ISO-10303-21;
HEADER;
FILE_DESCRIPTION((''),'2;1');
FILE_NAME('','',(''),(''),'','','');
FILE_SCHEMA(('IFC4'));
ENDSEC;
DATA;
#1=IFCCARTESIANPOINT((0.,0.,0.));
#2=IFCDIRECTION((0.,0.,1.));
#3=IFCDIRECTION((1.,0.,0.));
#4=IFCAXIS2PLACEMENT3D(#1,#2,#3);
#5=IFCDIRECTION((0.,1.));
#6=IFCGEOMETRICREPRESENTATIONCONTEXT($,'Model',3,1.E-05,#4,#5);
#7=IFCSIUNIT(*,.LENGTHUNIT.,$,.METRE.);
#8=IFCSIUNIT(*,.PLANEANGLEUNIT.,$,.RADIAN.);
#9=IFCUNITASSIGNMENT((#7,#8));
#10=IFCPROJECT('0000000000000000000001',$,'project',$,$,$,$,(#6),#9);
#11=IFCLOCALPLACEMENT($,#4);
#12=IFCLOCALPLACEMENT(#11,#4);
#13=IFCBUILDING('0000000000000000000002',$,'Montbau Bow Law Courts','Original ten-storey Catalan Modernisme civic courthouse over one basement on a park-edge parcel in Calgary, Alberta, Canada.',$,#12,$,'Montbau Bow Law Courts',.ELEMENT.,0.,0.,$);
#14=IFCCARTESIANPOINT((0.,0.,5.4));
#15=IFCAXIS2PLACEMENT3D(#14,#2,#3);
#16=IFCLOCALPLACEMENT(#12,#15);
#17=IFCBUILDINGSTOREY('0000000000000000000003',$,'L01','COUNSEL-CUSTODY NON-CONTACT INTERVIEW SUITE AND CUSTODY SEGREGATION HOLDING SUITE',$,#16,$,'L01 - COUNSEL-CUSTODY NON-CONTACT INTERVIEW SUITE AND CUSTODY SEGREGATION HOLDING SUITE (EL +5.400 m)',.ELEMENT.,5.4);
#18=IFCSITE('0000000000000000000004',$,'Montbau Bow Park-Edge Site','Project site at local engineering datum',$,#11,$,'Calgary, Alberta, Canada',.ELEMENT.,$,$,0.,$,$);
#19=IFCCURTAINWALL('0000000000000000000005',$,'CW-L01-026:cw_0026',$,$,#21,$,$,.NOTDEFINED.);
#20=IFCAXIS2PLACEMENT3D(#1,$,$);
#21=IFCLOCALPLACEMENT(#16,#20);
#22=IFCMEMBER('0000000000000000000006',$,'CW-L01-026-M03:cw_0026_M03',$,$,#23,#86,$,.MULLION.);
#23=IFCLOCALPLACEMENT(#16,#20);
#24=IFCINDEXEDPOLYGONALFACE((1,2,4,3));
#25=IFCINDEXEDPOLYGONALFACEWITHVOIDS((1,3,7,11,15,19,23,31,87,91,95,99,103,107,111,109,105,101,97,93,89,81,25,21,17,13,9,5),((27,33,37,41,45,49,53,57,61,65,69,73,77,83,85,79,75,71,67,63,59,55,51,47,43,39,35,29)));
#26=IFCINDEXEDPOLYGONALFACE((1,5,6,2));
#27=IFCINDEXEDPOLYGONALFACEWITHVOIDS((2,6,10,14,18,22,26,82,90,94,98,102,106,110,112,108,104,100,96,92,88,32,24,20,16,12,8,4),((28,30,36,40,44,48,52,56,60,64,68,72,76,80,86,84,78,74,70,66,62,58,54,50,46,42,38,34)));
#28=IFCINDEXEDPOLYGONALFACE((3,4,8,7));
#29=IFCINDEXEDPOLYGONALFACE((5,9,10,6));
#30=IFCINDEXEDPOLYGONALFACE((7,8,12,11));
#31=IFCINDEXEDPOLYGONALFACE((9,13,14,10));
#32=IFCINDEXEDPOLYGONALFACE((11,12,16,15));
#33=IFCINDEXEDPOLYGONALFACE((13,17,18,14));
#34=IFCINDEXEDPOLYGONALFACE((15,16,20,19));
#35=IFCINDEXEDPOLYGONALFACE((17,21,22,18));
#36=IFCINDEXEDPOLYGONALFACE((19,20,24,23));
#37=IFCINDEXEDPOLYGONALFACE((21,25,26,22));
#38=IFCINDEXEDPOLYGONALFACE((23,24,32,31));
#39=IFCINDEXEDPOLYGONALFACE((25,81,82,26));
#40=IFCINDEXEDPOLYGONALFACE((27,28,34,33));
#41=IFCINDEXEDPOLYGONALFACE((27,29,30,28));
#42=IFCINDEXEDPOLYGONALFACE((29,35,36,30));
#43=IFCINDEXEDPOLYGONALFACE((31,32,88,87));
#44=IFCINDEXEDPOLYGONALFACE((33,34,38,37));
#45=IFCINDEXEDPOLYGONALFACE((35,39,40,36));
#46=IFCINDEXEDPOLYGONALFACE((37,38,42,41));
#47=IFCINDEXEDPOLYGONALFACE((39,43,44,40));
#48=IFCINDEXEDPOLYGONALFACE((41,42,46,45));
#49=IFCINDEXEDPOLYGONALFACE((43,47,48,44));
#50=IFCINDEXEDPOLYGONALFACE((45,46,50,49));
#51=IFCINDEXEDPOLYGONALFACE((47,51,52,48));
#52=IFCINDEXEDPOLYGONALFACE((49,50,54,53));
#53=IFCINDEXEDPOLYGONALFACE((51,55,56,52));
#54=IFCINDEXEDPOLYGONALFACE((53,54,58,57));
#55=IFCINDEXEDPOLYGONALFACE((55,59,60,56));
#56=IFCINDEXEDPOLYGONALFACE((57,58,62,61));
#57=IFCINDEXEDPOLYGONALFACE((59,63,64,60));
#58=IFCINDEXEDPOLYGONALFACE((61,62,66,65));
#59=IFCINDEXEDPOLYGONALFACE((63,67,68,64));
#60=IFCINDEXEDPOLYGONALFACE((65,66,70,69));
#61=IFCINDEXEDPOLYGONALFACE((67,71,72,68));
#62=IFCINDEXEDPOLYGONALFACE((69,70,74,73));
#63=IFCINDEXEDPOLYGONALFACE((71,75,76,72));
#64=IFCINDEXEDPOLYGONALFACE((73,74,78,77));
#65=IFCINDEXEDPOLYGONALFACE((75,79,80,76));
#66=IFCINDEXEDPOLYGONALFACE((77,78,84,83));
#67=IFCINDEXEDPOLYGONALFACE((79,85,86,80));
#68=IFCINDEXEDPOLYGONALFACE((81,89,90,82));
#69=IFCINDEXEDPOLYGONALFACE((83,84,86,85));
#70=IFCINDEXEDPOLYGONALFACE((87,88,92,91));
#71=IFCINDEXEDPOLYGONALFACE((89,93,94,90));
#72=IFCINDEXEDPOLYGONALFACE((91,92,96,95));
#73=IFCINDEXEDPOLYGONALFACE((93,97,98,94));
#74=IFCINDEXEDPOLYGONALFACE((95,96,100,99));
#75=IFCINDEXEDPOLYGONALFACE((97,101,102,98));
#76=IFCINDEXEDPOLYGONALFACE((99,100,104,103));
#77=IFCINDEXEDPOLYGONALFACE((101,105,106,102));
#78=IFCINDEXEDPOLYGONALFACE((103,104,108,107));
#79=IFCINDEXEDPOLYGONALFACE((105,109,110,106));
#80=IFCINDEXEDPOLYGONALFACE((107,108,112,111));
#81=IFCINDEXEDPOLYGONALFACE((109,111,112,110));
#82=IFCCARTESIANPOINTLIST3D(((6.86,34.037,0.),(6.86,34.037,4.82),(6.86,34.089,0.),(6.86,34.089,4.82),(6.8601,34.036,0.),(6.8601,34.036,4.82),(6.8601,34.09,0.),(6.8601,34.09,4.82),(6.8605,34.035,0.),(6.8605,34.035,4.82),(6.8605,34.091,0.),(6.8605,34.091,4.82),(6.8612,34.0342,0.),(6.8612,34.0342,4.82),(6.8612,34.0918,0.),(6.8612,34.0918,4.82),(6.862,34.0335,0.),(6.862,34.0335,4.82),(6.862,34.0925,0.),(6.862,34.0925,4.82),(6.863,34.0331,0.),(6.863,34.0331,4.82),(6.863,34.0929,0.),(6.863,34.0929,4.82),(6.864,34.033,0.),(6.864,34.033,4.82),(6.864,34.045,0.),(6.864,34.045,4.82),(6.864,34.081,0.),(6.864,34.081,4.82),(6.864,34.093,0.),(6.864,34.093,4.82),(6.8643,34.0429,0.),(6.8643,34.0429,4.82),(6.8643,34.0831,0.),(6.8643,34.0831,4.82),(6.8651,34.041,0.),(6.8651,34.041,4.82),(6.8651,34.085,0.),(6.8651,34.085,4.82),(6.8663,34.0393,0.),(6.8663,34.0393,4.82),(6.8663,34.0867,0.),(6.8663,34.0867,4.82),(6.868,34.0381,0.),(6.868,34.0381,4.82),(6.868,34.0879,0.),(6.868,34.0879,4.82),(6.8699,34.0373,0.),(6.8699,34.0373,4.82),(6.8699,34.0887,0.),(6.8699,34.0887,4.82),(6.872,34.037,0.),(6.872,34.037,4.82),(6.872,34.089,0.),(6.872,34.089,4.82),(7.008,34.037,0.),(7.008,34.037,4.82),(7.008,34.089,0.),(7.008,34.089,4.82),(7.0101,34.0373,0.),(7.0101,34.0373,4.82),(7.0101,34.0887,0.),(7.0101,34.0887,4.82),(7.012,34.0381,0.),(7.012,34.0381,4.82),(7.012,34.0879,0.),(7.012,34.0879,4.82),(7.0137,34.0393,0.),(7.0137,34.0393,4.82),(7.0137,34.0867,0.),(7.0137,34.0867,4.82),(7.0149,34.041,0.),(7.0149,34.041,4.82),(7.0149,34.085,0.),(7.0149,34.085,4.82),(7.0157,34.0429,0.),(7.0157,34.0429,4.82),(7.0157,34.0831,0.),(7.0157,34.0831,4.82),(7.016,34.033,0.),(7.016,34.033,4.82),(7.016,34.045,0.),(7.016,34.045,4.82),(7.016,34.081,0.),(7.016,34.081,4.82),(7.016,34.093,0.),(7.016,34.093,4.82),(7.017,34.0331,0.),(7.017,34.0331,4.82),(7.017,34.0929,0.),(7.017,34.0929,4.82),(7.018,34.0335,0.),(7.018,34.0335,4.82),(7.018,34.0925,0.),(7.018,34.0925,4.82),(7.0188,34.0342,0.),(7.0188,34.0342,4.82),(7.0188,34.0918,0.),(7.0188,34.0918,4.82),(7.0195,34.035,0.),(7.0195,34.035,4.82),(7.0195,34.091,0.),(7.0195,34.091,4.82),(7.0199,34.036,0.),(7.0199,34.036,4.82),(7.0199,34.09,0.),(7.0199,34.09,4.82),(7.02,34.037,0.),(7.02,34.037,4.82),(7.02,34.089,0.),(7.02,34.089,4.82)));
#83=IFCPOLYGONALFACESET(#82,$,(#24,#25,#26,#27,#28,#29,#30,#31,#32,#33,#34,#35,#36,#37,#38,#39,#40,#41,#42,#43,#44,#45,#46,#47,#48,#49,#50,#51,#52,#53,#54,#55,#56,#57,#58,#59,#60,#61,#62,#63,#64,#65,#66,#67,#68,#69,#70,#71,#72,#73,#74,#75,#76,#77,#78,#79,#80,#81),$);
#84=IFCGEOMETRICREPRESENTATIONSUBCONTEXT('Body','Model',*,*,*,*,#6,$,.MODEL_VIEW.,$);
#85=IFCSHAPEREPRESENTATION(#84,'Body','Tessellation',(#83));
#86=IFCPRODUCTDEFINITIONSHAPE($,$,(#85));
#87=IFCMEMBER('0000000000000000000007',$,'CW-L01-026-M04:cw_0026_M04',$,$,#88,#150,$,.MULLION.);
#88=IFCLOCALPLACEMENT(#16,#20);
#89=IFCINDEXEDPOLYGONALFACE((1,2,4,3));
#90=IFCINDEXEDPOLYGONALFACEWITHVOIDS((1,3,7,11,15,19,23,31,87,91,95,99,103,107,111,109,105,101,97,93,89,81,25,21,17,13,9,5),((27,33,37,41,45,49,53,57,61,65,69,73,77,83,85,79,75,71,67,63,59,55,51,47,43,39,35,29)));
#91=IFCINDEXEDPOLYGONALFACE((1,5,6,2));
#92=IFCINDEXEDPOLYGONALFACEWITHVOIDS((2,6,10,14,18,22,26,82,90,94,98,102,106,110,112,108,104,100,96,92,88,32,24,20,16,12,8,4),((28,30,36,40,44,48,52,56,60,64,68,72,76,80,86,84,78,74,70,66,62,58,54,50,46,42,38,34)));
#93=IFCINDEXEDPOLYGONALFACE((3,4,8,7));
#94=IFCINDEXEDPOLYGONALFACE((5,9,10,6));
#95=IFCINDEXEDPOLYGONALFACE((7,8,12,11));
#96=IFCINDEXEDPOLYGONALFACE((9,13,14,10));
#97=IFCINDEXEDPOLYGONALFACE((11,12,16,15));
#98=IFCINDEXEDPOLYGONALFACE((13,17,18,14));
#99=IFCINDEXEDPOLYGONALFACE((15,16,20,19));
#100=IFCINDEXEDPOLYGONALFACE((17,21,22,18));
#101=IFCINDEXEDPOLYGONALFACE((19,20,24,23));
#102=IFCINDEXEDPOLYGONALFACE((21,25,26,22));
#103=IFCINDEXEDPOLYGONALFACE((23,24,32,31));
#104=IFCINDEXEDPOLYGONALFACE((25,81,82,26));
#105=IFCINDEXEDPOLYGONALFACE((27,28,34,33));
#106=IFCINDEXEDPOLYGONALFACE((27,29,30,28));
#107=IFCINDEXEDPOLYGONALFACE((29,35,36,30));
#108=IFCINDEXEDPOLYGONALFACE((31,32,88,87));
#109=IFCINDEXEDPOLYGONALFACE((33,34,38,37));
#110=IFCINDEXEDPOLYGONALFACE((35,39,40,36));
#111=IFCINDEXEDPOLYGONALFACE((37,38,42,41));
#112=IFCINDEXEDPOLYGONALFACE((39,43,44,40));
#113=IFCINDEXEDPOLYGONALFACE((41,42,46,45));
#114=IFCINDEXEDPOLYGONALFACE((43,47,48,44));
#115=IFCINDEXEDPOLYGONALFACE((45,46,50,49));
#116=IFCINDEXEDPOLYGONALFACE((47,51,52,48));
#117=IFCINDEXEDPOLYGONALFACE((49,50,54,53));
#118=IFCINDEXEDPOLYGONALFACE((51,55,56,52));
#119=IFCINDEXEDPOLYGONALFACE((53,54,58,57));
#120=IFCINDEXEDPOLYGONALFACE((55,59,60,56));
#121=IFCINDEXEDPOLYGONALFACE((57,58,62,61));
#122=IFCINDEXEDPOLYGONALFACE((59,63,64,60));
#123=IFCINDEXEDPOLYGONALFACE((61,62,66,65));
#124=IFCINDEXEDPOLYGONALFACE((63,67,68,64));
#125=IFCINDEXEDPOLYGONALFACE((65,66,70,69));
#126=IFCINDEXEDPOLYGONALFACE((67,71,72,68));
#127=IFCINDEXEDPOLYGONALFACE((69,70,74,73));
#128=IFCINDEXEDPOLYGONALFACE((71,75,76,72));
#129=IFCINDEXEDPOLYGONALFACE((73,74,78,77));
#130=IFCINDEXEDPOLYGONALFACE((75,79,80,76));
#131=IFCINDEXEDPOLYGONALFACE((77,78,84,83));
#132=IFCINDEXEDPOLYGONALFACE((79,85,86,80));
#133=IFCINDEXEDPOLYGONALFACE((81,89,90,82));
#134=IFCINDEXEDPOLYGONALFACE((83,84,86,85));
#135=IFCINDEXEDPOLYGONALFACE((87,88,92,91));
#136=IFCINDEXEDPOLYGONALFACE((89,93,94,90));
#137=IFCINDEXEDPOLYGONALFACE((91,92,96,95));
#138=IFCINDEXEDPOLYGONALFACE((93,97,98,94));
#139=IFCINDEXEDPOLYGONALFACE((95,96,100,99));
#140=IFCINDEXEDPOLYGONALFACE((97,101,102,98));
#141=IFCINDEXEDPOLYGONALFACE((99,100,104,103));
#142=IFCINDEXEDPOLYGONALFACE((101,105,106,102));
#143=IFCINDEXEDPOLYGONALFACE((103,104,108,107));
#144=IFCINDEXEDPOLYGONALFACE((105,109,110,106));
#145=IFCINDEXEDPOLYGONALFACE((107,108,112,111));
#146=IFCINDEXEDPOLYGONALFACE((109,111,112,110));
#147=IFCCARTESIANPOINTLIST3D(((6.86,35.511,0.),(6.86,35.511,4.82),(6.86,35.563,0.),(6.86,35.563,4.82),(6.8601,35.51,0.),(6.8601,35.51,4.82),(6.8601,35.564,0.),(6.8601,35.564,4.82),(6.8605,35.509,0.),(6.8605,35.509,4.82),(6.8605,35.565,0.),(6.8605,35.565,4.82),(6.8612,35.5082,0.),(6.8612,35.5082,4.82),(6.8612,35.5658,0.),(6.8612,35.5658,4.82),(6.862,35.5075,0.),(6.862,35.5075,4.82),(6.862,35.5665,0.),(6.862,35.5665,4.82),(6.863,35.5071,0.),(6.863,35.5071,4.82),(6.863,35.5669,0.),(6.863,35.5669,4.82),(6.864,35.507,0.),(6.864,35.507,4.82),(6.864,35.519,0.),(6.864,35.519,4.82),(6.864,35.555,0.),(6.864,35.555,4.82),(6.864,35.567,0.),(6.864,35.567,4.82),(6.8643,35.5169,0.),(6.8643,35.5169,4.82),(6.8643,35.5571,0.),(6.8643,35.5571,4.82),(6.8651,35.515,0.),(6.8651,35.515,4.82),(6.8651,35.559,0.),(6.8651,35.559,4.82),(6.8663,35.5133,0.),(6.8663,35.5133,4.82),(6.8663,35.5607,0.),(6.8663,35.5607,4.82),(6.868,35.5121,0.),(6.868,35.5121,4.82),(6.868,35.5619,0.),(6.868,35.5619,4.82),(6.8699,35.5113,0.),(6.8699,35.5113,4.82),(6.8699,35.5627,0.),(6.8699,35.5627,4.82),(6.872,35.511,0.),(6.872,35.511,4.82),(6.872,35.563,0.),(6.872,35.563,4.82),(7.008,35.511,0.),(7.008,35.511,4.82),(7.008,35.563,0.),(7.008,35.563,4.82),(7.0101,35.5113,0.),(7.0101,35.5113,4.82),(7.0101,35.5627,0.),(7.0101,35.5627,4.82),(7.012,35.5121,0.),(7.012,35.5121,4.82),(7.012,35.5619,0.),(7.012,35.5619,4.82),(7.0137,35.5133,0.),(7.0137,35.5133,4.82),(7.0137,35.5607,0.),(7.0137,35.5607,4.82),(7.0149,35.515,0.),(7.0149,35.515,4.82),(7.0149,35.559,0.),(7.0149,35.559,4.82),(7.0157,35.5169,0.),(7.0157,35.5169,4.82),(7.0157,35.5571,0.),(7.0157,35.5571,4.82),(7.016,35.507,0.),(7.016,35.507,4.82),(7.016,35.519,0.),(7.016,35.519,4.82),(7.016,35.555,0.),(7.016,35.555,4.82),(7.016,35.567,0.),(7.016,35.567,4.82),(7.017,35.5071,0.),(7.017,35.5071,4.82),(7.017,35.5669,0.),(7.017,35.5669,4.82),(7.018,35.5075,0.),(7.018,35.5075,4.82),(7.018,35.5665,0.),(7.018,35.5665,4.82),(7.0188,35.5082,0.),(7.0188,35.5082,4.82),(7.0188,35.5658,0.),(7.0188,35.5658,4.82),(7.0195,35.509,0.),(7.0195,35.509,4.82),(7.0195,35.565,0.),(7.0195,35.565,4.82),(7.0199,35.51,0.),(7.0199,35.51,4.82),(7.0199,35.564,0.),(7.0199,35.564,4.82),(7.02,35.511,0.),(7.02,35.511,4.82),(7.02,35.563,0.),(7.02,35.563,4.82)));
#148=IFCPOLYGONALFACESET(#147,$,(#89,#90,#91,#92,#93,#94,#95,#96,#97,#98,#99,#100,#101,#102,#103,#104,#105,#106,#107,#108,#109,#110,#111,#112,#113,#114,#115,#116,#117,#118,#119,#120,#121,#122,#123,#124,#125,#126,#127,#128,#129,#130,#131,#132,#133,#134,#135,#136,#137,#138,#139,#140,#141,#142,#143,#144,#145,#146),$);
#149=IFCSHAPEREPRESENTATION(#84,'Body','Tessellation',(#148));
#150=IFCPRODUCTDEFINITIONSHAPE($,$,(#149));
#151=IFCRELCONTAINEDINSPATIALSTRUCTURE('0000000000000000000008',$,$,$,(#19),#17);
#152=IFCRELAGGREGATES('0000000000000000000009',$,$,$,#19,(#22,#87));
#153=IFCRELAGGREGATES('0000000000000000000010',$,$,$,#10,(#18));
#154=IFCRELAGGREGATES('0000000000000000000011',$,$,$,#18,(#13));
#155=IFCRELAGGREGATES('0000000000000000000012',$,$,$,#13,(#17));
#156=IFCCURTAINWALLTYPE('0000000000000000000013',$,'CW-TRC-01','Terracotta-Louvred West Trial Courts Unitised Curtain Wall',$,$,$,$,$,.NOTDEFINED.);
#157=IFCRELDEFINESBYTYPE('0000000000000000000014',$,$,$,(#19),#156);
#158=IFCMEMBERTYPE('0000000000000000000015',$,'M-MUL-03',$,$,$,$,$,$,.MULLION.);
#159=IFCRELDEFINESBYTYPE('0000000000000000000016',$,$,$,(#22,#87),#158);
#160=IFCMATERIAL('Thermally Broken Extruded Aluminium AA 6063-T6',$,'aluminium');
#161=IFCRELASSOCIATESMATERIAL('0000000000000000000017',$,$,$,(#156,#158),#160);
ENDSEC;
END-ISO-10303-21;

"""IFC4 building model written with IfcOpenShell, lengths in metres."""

from ifc_helpers import new_model, si_unit, direction, frame, origin_with_axes, origin_2d_with_axis, place, context, subcontext, project, spatial, hollow_rectangle, extrude, material, material_profile, profile_set, type_object, element, aggregate, save


model = new_model("IFC4")

# Units and contexts
model_context = context("Model", 3, precision=1e-05, world=origin_with_axes(), true_north=direction((0.0, 1.0)))
body_context = subcontext(model_context, "Body", "Model", "MODEL_VIEW")
ifc_project = project(units=[si_unit("LENGTHUNIT", "METRE"), si_unit("PLANEANGLEUNIT", "RADIAN")], contexts=[model_context])

# Site, building, storey
site_placement = place(None, origin_with_axes())
site = spatial("IfcSite", under=ifc_project, at=site_placement, Name="Montbau Bow Park-Edge Site", Description="Project site at local engineering datum", LongName="Calgary, Alberta, Canada", CompositionType="ELEMENT", RefElevation=0.0)
building_placement = place(site_placement, origin_with_axes())
building = spatial("IfcBuilding", under=site, at=building_placement, Name="Montbau Bow Law Courts", Description="Original ten-storey Catalan Modernisme civic courthouse over one basement on a park-edge parcel in Calgary, Alberta, Canada.", LongName="Montbau Bow Law Courts", CompositionType="ELEMENT", ElevationOfRefHeight=0.0, ElevationOfTerrain=0.0)
storey_placement = place(building_placement, frame((0.0, 0.0, 5.4), z_axis=(0.0, 0.0, 1.0), x_axis=(1.0, 0.0, 0.0)))
storey = spatial("IfcBuildingStorey", under=building, at=storey_placement, Name="L01", Description="COUNSEL-CUSTODY NON-CONTACT INTERVIEW SUITE AND CUSTODY SEGREGATION HOLDING SUITE", LongName="L01 - COUNSEL-CUSTODY NON-CONTACT INTERVIEW SUITE AND CUSTODY SEGREGATION HOLDING SUITE (EL +5.400 m)", CompositionType="ELEMENT", Elevation=5.4)

# Curtain wall, members
ifc_material_1 = material(Name="Thermally Broken Extruded Aluminium AA 6063-T6", Category="aluminium")
curtain_wall_type = type_object("IfcCurtainWallType", Name="CW-TRC-01", Description="Terracotta-Louvred West Trial Courts Unitised Curtain Wall", PredefinedType="NOTDEFINED", material=ifc_material_1)
curtain_wall_1_placement = place(None, frame((6.94, 31.115, 5.4), z_axis=(0.0, 0.0, 1.0), x_axis=(1.0, 0.0, 0.0)))
curtain_wall_1 = element("IfcCurtainWall", 1, at=curtain_wall_1_placement, inside=storey, type_object=curtain_wall_type, Name="CW-L01-026:cw_0026", PredefinedType="NOTDEFINED")
ifc_material_profile_1 = material_profile(ifc_material_1, hollow_rectangle(XDim=0.06, YDim=0.16, WallThickness=0.004, InnerFilletRadius=0.008, OuterFilletRadius=0.004, at=origin_2d_with_axis()), Name="CWM-160X60", Category="Main", Priority=0)
ifc_profile_set_1 = profile_set([ifc_material_profile_1], Name="Thermally Broken Extruded Aluminium AA 6063-T6")
member_type_1 = type_object("IfcMemberType", Name="M-MUL-03", PredefinedType="MULLION", material=ifc_profile_set_1)
member_1_placement = place(None, frame((6.94, 34.063, 5.4), z_axis=(0.0, 0.0, 1.0), x_axis=(0.0, 1.0, 0.0)))
member_1 = element("IfcMember", 2, at=member_1_placement, type_object=member_type_1, Name="CW-L01-026-M03:cw_0026_M03", PredefinedType="MULLION", context=body_context, shape_type="SweptSolid", body=[
    extrude(hollow_rectangle(XDim=0.06, YDim=0.16, WallThickness=0.004, InnerFilletRadius=0.008, OuterFilletRadius=0.004, at=origin_2d_with_axis()), origin_with_axes(), (0.0, 0.0, 1.0), 4.82),
])
member_2_placement = place(None, frame((6.94, 35.537, 5.4), z_axis=(0.0, 0.0, 1.0), x_axis=(0.0, 1.0, 0.0)))
member_2 = element("IfcMember", 3, at=member_2_placement, type_object=member_type_1, Name="CW-L01-026-M04:cw_0026_M04", PredefinedType="MULLION", context=body_context, shape_type="SweptSolid", body=[
    extrude(hollow_rectangle(XDim=0.06, YDim=0.16, WallThickness=0.004, InnerFilletRadius=0.008, OuterFilletRadius=0.004, at=origin_2d_with_axis()), origin_with_axes(), (0.0, 0.0, 1.0), 4.82),
])

aggregate(curtain_wall_1, [member_1, member_2])

save(model, "model.ifc")
